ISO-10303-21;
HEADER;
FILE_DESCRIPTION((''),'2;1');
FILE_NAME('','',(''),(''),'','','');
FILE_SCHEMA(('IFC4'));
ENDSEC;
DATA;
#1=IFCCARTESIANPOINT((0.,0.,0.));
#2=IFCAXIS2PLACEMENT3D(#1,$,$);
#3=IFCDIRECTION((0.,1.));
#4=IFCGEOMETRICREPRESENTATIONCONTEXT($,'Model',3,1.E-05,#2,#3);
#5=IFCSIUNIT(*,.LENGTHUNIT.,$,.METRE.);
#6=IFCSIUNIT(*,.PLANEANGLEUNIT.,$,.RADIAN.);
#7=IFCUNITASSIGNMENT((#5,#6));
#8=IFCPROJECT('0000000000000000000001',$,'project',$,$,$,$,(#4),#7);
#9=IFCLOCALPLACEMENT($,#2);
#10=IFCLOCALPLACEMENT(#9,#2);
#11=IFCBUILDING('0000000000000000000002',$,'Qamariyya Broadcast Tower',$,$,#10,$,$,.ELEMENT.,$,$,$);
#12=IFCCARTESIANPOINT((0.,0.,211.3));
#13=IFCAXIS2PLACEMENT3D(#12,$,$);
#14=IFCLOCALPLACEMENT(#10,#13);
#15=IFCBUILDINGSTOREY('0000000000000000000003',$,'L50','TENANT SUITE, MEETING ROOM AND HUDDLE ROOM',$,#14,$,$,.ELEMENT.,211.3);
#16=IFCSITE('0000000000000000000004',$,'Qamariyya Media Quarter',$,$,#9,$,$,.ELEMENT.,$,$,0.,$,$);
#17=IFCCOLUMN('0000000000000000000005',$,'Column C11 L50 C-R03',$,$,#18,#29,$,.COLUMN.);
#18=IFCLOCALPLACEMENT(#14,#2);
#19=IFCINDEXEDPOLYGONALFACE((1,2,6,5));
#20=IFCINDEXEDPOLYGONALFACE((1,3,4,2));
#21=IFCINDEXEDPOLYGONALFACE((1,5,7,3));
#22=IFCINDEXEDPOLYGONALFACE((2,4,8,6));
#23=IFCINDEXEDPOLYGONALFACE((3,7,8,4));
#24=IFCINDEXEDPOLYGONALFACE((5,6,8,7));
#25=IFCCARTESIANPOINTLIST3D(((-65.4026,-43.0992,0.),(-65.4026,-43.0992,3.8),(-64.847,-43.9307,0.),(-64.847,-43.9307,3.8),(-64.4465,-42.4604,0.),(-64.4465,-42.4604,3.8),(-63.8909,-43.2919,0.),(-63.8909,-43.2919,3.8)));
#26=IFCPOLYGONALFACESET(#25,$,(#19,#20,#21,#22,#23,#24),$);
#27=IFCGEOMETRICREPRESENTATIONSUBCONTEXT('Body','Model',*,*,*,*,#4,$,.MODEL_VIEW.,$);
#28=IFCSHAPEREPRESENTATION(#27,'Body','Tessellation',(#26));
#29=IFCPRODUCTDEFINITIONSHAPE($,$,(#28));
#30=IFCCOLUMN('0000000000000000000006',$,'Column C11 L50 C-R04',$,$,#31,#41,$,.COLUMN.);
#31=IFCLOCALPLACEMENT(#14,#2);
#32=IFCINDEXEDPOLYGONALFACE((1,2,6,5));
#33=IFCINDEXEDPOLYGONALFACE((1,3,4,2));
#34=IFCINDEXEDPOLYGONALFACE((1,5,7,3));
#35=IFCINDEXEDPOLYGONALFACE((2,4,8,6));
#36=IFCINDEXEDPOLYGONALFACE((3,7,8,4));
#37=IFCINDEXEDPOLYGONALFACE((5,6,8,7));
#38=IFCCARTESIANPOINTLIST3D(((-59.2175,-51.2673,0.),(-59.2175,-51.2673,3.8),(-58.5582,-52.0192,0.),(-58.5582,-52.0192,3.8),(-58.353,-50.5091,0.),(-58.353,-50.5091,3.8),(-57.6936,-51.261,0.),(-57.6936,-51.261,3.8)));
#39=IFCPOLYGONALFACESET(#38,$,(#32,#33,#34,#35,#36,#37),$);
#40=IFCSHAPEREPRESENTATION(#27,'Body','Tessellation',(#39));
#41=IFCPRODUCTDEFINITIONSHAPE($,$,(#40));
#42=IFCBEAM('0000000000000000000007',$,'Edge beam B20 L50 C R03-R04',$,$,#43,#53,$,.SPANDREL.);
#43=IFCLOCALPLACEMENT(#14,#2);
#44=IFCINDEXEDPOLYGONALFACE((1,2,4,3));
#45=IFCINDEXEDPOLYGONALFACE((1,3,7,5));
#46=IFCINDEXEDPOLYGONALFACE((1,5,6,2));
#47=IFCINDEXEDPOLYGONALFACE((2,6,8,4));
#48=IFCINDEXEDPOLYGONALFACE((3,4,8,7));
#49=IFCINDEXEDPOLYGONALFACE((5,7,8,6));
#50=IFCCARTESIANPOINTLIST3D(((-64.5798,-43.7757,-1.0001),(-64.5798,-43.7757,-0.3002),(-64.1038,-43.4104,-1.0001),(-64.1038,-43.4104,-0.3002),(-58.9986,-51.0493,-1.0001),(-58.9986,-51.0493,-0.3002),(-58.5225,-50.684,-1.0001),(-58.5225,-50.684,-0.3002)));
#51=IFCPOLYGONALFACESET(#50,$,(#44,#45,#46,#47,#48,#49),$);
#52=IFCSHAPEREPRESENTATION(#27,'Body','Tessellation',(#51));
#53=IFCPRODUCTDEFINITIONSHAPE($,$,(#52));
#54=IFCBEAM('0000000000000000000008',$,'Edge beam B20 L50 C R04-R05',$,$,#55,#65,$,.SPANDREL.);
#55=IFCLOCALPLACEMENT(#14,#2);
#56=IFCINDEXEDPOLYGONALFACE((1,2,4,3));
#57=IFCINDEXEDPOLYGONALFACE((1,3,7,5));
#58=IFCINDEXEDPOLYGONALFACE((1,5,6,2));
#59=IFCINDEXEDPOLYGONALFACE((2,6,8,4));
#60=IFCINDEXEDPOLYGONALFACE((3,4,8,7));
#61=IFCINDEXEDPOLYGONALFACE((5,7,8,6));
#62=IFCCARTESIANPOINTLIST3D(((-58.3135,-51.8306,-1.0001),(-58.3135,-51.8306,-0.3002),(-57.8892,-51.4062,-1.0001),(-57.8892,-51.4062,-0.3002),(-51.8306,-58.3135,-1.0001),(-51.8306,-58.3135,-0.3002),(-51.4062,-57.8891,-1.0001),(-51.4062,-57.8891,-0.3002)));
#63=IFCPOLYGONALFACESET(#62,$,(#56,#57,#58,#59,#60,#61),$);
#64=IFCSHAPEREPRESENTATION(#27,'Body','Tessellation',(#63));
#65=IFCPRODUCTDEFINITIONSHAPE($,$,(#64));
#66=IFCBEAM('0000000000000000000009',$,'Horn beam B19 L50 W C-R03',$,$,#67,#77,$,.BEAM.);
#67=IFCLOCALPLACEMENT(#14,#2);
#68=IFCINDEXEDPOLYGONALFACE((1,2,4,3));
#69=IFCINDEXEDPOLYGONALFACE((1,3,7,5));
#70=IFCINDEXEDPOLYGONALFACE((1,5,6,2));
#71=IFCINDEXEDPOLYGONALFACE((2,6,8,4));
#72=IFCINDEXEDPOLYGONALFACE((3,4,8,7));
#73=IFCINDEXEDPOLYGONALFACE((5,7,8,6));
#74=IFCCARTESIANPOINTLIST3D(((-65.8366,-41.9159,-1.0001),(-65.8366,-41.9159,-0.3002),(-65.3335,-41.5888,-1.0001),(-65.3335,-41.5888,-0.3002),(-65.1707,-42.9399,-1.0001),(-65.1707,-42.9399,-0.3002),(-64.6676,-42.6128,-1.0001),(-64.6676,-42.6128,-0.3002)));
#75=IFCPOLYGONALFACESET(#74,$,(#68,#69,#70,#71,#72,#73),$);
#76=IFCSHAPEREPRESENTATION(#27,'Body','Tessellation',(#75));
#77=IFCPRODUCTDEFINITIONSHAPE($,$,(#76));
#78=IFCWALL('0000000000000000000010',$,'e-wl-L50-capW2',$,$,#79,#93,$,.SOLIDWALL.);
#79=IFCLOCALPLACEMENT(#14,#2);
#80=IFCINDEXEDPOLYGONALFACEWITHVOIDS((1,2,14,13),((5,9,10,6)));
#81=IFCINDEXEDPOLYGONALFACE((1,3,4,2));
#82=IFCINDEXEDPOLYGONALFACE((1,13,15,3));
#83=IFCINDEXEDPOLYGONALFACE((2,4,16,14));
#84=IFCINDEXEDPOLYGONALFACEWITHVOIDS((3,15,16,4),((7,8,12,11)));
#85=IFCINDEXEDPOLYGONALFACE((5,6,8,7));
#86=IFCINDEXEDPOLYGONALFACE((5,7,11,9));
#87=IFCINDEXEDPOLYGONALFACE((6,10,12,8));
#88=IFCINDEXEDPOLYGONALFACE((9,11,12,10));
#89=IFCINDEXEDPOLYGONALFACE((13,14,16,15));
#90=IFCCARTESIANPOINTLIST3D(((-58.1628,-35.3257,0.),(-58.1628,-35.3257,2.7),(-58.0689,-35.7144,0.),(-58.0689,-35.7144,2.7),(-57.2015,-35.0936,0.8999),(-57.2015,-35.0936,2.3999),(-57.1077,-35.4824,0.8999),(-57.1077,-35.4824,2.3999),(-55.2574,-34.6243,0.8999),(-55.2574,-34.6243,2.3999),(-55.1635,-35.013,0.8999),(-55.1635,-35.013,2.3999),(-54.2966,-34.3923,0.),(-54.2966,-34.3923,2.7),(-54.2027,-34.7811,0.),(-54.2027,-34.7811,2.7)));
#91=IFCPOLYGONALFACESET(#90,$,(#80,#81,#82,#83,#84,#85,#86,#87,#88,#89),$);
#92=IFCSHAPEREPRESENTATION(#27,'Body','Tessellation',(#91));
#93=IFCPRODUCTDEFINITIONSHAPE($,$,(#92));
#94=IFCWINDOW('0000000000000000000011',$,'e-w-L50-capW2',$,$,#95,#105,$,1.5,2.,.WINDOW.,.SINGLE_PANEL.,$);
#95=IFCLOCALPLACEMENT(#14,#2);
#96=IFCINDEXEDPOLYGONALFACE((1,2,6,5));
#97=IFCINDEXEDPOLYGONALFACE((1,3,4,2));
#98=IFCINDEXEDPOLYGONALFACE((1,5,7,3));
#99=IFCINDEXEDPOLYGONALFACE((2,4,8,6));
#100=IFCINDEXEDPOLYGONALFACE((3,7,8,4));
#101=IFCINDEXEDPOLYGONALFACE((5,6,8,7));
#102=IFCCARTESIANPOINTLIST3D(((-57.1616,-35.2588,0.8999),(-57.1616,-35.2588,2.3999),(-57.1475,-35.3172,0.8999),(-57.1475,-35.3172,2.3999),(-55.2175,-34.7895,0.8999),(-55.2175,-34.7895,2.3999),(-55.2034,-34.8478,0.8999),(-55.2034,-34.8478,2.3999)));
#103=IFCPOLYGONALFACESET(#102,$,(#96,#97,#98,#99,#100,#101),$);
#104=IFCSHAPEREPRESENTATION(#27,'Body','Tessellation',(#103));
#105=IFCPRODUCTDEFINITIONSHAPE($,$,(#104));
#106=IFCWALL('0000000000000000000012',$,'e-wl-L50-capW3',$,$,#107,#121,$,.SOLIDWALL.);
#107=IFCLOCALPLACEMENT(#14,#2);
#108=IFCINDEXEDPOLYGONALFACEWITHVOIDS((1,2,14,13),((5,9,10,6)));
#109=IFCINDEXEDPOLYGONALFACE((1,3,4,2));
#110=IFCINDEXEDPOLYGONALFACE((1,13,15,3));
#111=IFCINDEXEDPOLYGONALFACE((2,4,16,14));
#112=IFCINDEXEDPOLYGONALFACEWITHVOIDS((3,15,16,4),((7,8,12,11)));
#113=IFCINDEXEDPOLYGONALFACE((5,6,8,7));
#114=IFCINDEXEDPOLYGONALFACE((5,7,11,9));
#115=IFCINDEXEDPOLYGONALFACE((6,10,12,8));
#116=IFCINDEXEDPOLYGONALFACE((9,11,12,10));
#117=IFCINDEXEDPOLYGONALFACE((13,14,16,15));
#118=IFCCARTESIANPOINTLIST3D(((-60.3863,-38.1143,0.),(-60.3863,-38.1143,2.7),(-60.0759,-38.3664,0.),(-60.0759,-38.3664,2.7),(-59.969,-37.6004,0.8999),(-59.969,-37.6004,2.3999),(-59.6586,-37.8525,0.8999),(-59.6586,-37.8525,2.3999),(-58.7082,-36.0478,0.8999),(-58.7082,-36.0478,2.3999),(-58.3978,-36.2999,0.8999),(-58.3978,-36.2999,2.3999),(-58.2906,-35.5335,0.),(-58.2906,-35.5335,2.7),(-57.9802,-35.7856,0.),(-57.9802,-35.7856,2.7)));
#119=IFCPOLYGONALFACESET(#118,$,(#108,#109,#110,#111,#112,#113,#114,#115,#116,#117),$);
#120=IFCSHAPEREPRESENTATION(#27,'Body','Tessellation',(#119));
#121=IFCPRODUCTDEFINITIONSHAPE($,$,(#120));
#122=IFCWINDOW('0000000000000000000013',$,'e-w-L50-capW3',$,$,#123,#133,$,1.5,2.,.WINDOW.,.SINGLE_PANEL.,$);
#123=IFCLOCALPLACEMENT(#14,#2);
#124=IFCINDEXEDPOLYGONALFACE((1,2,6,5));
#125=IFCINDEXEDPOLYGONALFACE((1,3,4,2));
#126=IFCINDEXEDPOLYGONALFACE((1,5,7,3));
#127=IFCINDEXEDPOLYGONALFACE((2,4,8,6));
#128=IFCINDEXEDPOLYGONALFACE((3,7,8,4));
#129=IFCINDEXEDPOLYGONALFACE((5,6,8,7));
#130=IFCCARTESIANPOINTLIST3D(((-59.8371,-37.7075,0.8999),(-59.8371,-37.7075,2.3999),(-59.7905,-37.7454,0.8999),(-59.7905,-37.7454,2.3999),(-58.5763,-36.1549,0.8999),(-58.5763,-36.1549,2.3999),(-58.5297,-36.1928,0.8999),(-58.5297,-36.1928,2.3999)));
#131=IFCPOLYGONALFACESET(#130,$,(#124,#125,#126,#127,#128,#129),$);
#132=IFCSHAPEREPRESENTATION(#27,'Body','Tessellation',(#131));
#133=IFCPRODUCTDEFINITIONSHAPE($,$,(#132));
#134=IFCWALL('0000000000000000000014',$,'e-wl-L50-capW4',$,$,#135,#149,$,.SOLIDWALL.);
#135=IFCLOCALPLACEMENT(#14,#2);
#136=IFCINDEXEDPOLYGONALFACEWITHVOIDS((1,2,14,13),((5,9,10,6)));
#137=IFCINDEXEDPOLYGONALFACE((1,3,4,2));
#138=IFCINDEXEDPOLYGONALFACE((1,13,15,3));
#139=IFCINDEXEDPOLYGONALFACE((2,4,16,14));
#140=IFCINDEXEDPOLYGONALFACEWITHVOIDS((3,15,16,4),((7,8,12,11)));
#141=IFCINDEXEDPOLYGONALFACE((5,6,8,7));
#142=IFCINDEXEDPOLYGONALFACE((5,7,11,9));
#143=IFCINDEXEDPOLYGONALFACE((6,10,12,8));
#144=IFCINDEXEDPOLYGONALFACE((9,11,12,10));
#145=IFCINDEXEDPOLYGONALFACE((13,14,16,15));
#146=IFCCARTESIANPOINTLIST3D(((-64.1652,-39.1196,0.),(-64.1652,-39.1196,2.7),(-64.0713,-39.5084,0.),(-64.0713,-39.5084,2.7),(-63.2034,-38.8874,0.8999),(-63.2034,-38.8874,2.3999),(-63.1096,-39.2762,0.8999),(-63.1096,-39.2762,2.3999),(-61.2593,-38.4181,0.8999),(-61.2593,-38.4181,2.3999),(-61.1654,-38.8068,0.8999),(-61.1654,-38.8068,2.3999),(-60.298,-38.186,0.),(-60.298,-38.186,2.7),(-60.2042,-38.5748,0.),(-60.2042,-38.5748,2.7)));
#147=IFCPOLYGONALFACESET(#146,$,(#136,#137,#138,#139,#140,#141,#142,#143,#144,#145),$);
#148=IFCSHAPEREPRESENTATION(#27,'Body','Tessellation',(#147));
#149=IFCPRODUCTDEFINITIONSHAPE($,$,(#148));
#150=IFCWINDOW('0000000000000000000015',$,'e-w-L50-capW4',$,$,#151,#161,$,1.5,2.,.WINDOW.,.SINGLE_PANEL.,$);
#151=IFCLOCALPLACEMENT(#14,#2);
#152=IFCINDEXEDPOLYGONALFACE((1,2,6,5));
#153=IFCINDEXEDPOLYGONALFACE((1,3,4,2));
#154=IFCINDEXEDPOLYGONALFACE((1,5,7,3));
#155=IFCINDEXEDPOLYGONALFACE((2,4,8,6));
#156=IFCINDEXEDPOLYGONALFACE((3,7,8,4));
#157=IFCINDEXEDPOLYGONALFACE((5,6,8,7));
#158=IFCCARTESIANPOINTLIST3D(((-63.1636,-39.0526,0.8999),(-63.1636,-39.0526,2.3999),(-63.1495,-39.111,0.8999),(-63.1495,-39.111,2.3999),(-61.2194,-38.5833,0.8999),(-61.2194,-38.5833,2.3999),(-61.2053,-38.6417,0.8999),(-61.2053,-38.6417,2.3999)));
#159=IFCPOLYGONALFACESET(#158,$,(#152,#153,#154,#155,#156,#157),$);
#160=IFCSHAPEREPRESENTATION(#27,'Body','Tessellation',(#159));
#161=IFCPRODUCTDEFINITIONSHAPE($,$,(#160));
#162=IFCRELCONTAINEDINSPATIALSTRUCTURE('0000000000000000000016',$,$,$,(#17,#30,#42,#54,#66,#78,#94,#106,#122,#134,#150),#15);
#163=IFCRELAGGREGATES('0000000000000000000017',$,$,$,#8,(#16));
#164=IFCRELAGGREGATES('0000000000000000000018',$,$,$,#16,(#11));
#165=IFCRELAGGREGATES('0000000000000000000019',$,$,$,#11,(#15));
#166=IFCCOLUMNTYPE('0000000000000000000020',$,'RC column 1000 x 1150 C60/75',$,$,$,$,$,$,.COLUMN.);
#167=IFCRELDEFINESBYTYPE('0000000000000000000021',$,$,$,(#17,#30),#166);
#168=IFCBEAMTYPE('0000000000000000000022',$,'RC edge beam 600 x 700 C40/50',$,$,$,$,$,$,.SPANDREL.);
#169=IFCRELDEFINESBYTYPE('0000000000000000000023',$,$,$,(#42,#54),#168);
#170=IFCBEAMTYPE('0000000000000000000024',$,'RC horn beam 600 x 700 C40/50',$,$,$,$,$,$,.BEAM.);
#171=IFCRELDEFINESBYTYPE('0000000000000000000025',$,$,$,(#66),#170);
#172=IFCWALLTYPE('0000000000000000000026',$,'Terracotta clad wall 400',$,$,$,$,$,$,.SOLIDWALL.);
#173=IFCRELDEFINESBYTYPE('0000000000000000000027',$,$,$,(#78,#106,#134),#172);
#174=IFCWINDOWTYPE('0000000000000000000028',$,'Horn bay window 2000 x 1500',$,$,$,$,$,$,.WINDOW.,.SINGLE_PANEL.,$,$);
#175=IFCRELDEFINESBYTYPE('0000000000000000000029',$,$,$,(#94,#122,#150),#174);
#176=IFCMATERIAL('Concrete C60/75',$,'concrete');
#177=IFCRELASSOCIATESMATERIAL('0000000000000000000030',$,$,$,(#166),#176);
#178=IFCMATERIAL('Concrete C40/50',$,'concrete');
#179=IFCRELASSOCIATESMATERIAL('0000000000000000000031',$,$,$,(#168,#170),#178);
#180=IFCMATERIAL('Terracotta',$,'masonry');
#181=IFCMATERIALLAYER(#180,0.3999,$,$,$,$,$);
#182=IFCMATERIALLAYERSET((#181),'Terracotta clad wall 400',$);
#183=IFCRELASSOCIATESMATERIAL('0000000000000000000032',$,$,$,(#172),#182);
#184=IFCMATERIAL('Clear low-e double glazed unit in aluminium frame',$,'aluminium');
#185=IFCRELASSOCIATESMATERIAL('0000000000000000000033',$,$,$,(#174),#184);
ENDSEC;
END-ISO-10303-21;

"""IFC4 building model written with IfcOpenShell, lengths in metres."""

from ifc_helpers import new_model, si_unit, direction, frame, frame_2d, origin, origin_2d, place, context, subcontext, project, spatial, rectangle, extrude, material, layer, layer_set, material_profile, profile_set, type_object, element, fill, save


model = new_model("IFC4")

# Units and contexts
model_context = context("Model", 3, precision=1e-05, world=origin(), true_north=direction((0.0, 1.0)))
body_context = subcontext(model_context, "Body", "Model", "MODEL_VIEW")
ifc_project = project(units=[si_unit("LENGTHUNIT", "METRE"), si_unit("PLANEANGLEUNIT", "RADIAN")], contexts=[model_context])

# Site, building, storey
site_placement = place(None, origin())
site = spatial("IfcSite", under=ifc_project, at=site_placement, Name="Qamariyya Media Quarter", CompositionType="ELEMENT", RefElevation=0.0)
building_placement = place(site_placement, origin())
building = spatial("IfcBuilding", under=site, at=building_placement, Name="Qamariyya Broadcast Tower", CompositionType="ELEMENT")
storey_placement = place(building_placement, frame((0.0, 0.0, 211.3)))
storey = spatial("IfcBuildingStorey", under=building, at=storey_placement, Name="L50", Description="TENANT SUITE, MEETING ROOM AND HUDDLE ROOM", CompositionType="ELEMENT", Elevation=211.3)

# Columns
ifc_material_1 = material(Name="Concrete C60/75", Category="concrete")
ifc_material_profile_1 = material_profile(ifc_material_1, rectangle(XDim=1.0, YDim=1.1499, at=origin_2d()))
ifc_profile_set_1 = profile_set([ifc_material_profile_1], Name="Concrete C60/75")
column_type = type_object("IfcColumnType", Name="RC column 1000 x 1150 C60/75", PredefinedType="COLUMN", material=ifc_profile_set_1)
for number, where, z_axis, x_axis, name in (
    (1, (-64.6467, -43.1956, 0.0), (0.0, 0.0, 1.0), (0.55557, -0.83147, 0.0), "Column C11 L50 C-R03"),
    (2, (-58.4556, -51.2642, 0.0), (0.0, 0.0, 1.0), (0.659346, -0.75184, 0.0), "Column C11 L50 C-R04"),
):
    element("IfcColumn", number, at=place(storey_placement, frame(where, z_axis=z_axis, x_axis=x_axis)), inside=storey, type_object=column_type, Name=name, PredefinedType="COLUMN", context=body_context, shape_type="SweptSolid", body=[
        extrude(rectangle(XDim=1.0, YDim=1.1499, at=origin_2d()), origin(), (0.0, 0.0, 1.0), 3.8),
    ])

# Beams
ifc_material_2 = material(Name="Concrete C40/50", Category="concrete")
ifc_material_profile_2 = material_profile(ifc_material_2, rectangle(XDim=0.6001, YDim=0.7, at=origin_2d()))
ifc_profile_set_2 = profile_set([ifc_material_profile_2], Name="Concrete C40/50")
beam_type_1 = type_object("IfcBeamType", Name="RC edge beam 600 x 700 C40/50", PredefinedType="SPANDREL", material=ifc_profile_set_2)
for number, where, z_axis, x_axis, name in (
    (3, (-64.3418, -43.593, -0.6501), (0.608762, -0.793353, 0.0), (0.793353, 0.608762, 0.0), "Edge beam B20 L50 C R03-R04"),
    (4, (-58.1013, -51.6184, -0.6501), (0.707107, -0.707107, 0.0), (0.707107, 0.707107, 0.0), "Edge beam B20 L50 C R04-R05"),
):
    element("IfcBeam", number, at=place(storey_placement, frame(where, z_axis=z_axis, x_axis=x_axis)), inside=storey, type_object=beam_type_1, Name=name, PredefinedType="SPANDREL", context=body_context, shape_type="SweptSolid", body=[
        extrude(rectangle(XDim=0.6001, YDim=0.7, at=origin_2d()), origin(), (0.0, 0.0, 1.0), 9.1682),
    ])
ifc_material_profile_3 = material_profile(ifc_material_2, rectangle(XDim=0.6001, YDim=0.7, at=origin_2d()))
ifc_profile_set_3 = profile_set([ifc_material_profile_3], Name="Concrete C40/50")
beam_type_2 = type_object("IfcBeamType", Name="RC horn beam 600 x 700 C40/50", PredefinedType="BEAM", material=ifc_profile_set_3)
beam_placement = place(storey_placement, frame((-64.9192, -42.7764, -0.6501), z_axis=(-0.545115, 0.838361, 0.0), x_axis=(-0.838361, -0.545115, 0.0)))
element("IfcBeam", 5, at=beam_placement, inside=storey, type_object=beam_type_2, Name="Horn beam B19 L50 W C-R03", PredefinedType="BEAM", context=body_context, shape_type="SweptSolid", body=[
    extrude(rectangle(XDim=0.6001, YDim=0.7, at=origin_2d()), origin(), (0.0, 0.0, 1.0), 1.2214),
])

# Walls, openings, windows
ifc_material_3 = material(Name="Terracotta", Category="masonry")
ifc_layer = layer(ifc_material_3, 0.3999)
ifc_layer_set = layer_set([ifc_layer], Name="Terracotta clad wall 400")
wall_type = type_object("IfcWallType", Name="Terracotta clad wall 400", PredefinedType="SOLIDWALL", material=ifc_layer_set)
wall_1_placement = place(storey_placement, frame((-54.2495, -34.5867, 0.0), z_axis=(0.0, 0.0, 1.0), x_axis=(-0.972075, -0.234671, 0.0)))
wall_1 = element("IfcWall", 6, at=wall_1_placement, inside=storey, type_object=wall_type, Name="e-wl-L50-capW2", PredefinedType="SOLIDWALL", context=body_context, shape_type="SweptSolid", body=[
    extrude(rectangle(XDim=3.9773, YDim=0.3999, at=frame_2d((1.9888, 0.0))), origin(), (0.0, 0.0, 1.0), 2.7),
])
opening_1_placement = place(wall_1_placement, frame((0.9885, 0.0, 0.8999)))
opening_1 = element("IfcOpeningElement", 7, at=opening_1_placement, cuts=wall_1, PredefinedType="OPENING", context=body_context, shape_type="SweptSolid", body=[
    extrude(rectangle(XDim=2.0, YDim=1.5, at=frame_2d((1.0, 0.75))), frame((0.0, 0.21, 0.0), z_axis=(0.0, -1.0, 0.0), x_axis=(1.0, 0.0, 0.0)), (0.0, 0.0, 1.0), 0.4199),
])
ifc_material_4 = material(Name="Clear low-e double glazed unit in aluminium frame", Category="aluminium")
window_type = type_object("IfcWindowType", Name="Horn bay window 2000 x 1500", PartitioningType="SINGLE_PANEL", PredefinedType="WINDOW", material=ifc_material_4)
window_1_placement = place(opening_1_placement, origin())
window_1 = element("IfcWindow", 8, at=window_1_placement, inside=storey, type_object=window_type, Name="e-w-L50-capW2", OverallHeight=1.5, OverallWidth=2.0, PartitioningType="SINGLE_PANEL", PredefinedType="WINDOW", context=body_context, shape_type="SweptSolid", body=[
    extrude(rectangle(XDim=2.0, YDim=1.5, at=frame_2d((1.0, 0.75))), frame((0.0, 0.03, 0.0), z_axis=(0.0, -1.0, 0.0), x_axis=(1.0, 0.0, 0.0)), (0.0, 0.0, 1.0), 0.0601),
])
fill(opening_1, window_1)
wall_2_placement = place(storey_placement, frame((-58.1355, -35.6597, 0.0), z_axis=(0.0, 0.0, 1.0), x_axis=(-0.630374, -0.776291, 0.0)))
wall_2 = element("IfcWall", 9, at=wall_2_placement, inside=storey, type_object=wall_type, Name="e-wl-L50-capW3", PredefinedType="SOLIDWALL", context=body_context, shape_type="SweptSolid", body=[
    extrude(rectangle(XDim=3.3245, YDim=0.3999, at=frame_2d((1.6621, 0.0))), origin(), (0.0, 0.0, 1.0), 2.7),
])
opening_2_placement = place(wall_2_placement, frame((0.6624, 0.0, 0.8999)))
opening_2 = element("IfcOpeningElement", 10, at=opening_2_placement, cuts=wall_2, PredefinedType="OPENING", context=body_context, shape_type="SweptSolid", body=[
    extrude(rectangle(XDim=2.0, YDim=1.5, at=frame_2d((1.0, 0.75))), frame((0.0, 0.21, 0.0), z_axis=(0.0, -1.0, 0.0), x_axis=(1.0, 0.0, 0.0)), (0.0, 0.0, 1.0), 0.4199),
])
window_2_placement = place(opening_2_placement, origin())
window_2 = element("IfcWindow", 11, at=window_2_placement, inside=storey, type_object=window_type, Name="e-w-L50-capW3", OverallHeight=1.5, OverallWidth=2.0, PartitioningType="SINGLE_PANEL", PredefinedType="WINDOW", context=body_context, shape_type="SweptSolid", body=[
    extrude(rectangle(XDim=2.0, YDim=1.5, at=frame_2d((1.0, 0.75))), frame((0.0, 0.03, 0.0), z_axis=(0.0, -1.0, 0.0), x_axis=(1.0, 0.0, 0.0)), (0.0, 0.0, 1.0), 0.0601),
])
fill(opening_2, window_2)
wall_3_placement = place(storey_placement, frame((-60.251, -38.3804, 0.0), z_axis=(0.0, 0.0, 1.0), x_axis=(-0.972074, -0.234673, 0.0)))
wall_3 = element("IfcWall", 12, at=wall_3_placement, inside=storey, type_object=wall_type, Name="e-wl-L50-capW4", PredefinedType="SOLIDWALL", context=body_context, shape_type="SweptSolid", body=[
    extrude(rectangle(XDim=3.9783, YDim=0.3999, at=frame_2d((1.9893, 0.0))), origin(), (0.0, 0.0, 1.0), 2.7),
])
opening_3_placement = place(wall_3_placement, frame((0.989, 0.0, 0.8999)))
opening_3 = element("IfcOpeningElement", 13, at=opening_3_placement, cuts=wall_3, PredefinedType="OPENING", context=body_context, shape_type="SweptSolid", body=[
    extrude(rectangle(XDim=2.0, YDim=1.5, at=frame_2d((1.0, 0.75))), frame((0.0, 0.21, 0.0), z_axis=(0.0, -1.0, 0.0), x_axis=(1.0, 0.0, 0.0)), (0.0, 0.0, 1.0), 0.4199),
])
window_3_placement = place(opening_3_placement, origin())
window_3 = element("IfcWindow", 14, at=window_3_placement, inside=storey, type_object=window_type, Name="e-w-L50-capW4", OverallHeight=1.5, OverallWidth=2.0, PartitioningType="SINGLE_PANEL", PredefinedType="WINDOW", context=body_context, shape_type="SweptSolid", body=[
    extrude(rectangle(XDim=2.0, YDim=1.5, at=frame_2d((1.0, 0.75))), frame((0.0, 0.03, 0.0), z_axis=(0.0, -1.0, 0.0), x_axis=(1.0, 0.0, 0.0)), (0.0, 0.0, 1.0), 0.0601),
])
fill(opening_3, window_3)

save(model, "model.ifc")
